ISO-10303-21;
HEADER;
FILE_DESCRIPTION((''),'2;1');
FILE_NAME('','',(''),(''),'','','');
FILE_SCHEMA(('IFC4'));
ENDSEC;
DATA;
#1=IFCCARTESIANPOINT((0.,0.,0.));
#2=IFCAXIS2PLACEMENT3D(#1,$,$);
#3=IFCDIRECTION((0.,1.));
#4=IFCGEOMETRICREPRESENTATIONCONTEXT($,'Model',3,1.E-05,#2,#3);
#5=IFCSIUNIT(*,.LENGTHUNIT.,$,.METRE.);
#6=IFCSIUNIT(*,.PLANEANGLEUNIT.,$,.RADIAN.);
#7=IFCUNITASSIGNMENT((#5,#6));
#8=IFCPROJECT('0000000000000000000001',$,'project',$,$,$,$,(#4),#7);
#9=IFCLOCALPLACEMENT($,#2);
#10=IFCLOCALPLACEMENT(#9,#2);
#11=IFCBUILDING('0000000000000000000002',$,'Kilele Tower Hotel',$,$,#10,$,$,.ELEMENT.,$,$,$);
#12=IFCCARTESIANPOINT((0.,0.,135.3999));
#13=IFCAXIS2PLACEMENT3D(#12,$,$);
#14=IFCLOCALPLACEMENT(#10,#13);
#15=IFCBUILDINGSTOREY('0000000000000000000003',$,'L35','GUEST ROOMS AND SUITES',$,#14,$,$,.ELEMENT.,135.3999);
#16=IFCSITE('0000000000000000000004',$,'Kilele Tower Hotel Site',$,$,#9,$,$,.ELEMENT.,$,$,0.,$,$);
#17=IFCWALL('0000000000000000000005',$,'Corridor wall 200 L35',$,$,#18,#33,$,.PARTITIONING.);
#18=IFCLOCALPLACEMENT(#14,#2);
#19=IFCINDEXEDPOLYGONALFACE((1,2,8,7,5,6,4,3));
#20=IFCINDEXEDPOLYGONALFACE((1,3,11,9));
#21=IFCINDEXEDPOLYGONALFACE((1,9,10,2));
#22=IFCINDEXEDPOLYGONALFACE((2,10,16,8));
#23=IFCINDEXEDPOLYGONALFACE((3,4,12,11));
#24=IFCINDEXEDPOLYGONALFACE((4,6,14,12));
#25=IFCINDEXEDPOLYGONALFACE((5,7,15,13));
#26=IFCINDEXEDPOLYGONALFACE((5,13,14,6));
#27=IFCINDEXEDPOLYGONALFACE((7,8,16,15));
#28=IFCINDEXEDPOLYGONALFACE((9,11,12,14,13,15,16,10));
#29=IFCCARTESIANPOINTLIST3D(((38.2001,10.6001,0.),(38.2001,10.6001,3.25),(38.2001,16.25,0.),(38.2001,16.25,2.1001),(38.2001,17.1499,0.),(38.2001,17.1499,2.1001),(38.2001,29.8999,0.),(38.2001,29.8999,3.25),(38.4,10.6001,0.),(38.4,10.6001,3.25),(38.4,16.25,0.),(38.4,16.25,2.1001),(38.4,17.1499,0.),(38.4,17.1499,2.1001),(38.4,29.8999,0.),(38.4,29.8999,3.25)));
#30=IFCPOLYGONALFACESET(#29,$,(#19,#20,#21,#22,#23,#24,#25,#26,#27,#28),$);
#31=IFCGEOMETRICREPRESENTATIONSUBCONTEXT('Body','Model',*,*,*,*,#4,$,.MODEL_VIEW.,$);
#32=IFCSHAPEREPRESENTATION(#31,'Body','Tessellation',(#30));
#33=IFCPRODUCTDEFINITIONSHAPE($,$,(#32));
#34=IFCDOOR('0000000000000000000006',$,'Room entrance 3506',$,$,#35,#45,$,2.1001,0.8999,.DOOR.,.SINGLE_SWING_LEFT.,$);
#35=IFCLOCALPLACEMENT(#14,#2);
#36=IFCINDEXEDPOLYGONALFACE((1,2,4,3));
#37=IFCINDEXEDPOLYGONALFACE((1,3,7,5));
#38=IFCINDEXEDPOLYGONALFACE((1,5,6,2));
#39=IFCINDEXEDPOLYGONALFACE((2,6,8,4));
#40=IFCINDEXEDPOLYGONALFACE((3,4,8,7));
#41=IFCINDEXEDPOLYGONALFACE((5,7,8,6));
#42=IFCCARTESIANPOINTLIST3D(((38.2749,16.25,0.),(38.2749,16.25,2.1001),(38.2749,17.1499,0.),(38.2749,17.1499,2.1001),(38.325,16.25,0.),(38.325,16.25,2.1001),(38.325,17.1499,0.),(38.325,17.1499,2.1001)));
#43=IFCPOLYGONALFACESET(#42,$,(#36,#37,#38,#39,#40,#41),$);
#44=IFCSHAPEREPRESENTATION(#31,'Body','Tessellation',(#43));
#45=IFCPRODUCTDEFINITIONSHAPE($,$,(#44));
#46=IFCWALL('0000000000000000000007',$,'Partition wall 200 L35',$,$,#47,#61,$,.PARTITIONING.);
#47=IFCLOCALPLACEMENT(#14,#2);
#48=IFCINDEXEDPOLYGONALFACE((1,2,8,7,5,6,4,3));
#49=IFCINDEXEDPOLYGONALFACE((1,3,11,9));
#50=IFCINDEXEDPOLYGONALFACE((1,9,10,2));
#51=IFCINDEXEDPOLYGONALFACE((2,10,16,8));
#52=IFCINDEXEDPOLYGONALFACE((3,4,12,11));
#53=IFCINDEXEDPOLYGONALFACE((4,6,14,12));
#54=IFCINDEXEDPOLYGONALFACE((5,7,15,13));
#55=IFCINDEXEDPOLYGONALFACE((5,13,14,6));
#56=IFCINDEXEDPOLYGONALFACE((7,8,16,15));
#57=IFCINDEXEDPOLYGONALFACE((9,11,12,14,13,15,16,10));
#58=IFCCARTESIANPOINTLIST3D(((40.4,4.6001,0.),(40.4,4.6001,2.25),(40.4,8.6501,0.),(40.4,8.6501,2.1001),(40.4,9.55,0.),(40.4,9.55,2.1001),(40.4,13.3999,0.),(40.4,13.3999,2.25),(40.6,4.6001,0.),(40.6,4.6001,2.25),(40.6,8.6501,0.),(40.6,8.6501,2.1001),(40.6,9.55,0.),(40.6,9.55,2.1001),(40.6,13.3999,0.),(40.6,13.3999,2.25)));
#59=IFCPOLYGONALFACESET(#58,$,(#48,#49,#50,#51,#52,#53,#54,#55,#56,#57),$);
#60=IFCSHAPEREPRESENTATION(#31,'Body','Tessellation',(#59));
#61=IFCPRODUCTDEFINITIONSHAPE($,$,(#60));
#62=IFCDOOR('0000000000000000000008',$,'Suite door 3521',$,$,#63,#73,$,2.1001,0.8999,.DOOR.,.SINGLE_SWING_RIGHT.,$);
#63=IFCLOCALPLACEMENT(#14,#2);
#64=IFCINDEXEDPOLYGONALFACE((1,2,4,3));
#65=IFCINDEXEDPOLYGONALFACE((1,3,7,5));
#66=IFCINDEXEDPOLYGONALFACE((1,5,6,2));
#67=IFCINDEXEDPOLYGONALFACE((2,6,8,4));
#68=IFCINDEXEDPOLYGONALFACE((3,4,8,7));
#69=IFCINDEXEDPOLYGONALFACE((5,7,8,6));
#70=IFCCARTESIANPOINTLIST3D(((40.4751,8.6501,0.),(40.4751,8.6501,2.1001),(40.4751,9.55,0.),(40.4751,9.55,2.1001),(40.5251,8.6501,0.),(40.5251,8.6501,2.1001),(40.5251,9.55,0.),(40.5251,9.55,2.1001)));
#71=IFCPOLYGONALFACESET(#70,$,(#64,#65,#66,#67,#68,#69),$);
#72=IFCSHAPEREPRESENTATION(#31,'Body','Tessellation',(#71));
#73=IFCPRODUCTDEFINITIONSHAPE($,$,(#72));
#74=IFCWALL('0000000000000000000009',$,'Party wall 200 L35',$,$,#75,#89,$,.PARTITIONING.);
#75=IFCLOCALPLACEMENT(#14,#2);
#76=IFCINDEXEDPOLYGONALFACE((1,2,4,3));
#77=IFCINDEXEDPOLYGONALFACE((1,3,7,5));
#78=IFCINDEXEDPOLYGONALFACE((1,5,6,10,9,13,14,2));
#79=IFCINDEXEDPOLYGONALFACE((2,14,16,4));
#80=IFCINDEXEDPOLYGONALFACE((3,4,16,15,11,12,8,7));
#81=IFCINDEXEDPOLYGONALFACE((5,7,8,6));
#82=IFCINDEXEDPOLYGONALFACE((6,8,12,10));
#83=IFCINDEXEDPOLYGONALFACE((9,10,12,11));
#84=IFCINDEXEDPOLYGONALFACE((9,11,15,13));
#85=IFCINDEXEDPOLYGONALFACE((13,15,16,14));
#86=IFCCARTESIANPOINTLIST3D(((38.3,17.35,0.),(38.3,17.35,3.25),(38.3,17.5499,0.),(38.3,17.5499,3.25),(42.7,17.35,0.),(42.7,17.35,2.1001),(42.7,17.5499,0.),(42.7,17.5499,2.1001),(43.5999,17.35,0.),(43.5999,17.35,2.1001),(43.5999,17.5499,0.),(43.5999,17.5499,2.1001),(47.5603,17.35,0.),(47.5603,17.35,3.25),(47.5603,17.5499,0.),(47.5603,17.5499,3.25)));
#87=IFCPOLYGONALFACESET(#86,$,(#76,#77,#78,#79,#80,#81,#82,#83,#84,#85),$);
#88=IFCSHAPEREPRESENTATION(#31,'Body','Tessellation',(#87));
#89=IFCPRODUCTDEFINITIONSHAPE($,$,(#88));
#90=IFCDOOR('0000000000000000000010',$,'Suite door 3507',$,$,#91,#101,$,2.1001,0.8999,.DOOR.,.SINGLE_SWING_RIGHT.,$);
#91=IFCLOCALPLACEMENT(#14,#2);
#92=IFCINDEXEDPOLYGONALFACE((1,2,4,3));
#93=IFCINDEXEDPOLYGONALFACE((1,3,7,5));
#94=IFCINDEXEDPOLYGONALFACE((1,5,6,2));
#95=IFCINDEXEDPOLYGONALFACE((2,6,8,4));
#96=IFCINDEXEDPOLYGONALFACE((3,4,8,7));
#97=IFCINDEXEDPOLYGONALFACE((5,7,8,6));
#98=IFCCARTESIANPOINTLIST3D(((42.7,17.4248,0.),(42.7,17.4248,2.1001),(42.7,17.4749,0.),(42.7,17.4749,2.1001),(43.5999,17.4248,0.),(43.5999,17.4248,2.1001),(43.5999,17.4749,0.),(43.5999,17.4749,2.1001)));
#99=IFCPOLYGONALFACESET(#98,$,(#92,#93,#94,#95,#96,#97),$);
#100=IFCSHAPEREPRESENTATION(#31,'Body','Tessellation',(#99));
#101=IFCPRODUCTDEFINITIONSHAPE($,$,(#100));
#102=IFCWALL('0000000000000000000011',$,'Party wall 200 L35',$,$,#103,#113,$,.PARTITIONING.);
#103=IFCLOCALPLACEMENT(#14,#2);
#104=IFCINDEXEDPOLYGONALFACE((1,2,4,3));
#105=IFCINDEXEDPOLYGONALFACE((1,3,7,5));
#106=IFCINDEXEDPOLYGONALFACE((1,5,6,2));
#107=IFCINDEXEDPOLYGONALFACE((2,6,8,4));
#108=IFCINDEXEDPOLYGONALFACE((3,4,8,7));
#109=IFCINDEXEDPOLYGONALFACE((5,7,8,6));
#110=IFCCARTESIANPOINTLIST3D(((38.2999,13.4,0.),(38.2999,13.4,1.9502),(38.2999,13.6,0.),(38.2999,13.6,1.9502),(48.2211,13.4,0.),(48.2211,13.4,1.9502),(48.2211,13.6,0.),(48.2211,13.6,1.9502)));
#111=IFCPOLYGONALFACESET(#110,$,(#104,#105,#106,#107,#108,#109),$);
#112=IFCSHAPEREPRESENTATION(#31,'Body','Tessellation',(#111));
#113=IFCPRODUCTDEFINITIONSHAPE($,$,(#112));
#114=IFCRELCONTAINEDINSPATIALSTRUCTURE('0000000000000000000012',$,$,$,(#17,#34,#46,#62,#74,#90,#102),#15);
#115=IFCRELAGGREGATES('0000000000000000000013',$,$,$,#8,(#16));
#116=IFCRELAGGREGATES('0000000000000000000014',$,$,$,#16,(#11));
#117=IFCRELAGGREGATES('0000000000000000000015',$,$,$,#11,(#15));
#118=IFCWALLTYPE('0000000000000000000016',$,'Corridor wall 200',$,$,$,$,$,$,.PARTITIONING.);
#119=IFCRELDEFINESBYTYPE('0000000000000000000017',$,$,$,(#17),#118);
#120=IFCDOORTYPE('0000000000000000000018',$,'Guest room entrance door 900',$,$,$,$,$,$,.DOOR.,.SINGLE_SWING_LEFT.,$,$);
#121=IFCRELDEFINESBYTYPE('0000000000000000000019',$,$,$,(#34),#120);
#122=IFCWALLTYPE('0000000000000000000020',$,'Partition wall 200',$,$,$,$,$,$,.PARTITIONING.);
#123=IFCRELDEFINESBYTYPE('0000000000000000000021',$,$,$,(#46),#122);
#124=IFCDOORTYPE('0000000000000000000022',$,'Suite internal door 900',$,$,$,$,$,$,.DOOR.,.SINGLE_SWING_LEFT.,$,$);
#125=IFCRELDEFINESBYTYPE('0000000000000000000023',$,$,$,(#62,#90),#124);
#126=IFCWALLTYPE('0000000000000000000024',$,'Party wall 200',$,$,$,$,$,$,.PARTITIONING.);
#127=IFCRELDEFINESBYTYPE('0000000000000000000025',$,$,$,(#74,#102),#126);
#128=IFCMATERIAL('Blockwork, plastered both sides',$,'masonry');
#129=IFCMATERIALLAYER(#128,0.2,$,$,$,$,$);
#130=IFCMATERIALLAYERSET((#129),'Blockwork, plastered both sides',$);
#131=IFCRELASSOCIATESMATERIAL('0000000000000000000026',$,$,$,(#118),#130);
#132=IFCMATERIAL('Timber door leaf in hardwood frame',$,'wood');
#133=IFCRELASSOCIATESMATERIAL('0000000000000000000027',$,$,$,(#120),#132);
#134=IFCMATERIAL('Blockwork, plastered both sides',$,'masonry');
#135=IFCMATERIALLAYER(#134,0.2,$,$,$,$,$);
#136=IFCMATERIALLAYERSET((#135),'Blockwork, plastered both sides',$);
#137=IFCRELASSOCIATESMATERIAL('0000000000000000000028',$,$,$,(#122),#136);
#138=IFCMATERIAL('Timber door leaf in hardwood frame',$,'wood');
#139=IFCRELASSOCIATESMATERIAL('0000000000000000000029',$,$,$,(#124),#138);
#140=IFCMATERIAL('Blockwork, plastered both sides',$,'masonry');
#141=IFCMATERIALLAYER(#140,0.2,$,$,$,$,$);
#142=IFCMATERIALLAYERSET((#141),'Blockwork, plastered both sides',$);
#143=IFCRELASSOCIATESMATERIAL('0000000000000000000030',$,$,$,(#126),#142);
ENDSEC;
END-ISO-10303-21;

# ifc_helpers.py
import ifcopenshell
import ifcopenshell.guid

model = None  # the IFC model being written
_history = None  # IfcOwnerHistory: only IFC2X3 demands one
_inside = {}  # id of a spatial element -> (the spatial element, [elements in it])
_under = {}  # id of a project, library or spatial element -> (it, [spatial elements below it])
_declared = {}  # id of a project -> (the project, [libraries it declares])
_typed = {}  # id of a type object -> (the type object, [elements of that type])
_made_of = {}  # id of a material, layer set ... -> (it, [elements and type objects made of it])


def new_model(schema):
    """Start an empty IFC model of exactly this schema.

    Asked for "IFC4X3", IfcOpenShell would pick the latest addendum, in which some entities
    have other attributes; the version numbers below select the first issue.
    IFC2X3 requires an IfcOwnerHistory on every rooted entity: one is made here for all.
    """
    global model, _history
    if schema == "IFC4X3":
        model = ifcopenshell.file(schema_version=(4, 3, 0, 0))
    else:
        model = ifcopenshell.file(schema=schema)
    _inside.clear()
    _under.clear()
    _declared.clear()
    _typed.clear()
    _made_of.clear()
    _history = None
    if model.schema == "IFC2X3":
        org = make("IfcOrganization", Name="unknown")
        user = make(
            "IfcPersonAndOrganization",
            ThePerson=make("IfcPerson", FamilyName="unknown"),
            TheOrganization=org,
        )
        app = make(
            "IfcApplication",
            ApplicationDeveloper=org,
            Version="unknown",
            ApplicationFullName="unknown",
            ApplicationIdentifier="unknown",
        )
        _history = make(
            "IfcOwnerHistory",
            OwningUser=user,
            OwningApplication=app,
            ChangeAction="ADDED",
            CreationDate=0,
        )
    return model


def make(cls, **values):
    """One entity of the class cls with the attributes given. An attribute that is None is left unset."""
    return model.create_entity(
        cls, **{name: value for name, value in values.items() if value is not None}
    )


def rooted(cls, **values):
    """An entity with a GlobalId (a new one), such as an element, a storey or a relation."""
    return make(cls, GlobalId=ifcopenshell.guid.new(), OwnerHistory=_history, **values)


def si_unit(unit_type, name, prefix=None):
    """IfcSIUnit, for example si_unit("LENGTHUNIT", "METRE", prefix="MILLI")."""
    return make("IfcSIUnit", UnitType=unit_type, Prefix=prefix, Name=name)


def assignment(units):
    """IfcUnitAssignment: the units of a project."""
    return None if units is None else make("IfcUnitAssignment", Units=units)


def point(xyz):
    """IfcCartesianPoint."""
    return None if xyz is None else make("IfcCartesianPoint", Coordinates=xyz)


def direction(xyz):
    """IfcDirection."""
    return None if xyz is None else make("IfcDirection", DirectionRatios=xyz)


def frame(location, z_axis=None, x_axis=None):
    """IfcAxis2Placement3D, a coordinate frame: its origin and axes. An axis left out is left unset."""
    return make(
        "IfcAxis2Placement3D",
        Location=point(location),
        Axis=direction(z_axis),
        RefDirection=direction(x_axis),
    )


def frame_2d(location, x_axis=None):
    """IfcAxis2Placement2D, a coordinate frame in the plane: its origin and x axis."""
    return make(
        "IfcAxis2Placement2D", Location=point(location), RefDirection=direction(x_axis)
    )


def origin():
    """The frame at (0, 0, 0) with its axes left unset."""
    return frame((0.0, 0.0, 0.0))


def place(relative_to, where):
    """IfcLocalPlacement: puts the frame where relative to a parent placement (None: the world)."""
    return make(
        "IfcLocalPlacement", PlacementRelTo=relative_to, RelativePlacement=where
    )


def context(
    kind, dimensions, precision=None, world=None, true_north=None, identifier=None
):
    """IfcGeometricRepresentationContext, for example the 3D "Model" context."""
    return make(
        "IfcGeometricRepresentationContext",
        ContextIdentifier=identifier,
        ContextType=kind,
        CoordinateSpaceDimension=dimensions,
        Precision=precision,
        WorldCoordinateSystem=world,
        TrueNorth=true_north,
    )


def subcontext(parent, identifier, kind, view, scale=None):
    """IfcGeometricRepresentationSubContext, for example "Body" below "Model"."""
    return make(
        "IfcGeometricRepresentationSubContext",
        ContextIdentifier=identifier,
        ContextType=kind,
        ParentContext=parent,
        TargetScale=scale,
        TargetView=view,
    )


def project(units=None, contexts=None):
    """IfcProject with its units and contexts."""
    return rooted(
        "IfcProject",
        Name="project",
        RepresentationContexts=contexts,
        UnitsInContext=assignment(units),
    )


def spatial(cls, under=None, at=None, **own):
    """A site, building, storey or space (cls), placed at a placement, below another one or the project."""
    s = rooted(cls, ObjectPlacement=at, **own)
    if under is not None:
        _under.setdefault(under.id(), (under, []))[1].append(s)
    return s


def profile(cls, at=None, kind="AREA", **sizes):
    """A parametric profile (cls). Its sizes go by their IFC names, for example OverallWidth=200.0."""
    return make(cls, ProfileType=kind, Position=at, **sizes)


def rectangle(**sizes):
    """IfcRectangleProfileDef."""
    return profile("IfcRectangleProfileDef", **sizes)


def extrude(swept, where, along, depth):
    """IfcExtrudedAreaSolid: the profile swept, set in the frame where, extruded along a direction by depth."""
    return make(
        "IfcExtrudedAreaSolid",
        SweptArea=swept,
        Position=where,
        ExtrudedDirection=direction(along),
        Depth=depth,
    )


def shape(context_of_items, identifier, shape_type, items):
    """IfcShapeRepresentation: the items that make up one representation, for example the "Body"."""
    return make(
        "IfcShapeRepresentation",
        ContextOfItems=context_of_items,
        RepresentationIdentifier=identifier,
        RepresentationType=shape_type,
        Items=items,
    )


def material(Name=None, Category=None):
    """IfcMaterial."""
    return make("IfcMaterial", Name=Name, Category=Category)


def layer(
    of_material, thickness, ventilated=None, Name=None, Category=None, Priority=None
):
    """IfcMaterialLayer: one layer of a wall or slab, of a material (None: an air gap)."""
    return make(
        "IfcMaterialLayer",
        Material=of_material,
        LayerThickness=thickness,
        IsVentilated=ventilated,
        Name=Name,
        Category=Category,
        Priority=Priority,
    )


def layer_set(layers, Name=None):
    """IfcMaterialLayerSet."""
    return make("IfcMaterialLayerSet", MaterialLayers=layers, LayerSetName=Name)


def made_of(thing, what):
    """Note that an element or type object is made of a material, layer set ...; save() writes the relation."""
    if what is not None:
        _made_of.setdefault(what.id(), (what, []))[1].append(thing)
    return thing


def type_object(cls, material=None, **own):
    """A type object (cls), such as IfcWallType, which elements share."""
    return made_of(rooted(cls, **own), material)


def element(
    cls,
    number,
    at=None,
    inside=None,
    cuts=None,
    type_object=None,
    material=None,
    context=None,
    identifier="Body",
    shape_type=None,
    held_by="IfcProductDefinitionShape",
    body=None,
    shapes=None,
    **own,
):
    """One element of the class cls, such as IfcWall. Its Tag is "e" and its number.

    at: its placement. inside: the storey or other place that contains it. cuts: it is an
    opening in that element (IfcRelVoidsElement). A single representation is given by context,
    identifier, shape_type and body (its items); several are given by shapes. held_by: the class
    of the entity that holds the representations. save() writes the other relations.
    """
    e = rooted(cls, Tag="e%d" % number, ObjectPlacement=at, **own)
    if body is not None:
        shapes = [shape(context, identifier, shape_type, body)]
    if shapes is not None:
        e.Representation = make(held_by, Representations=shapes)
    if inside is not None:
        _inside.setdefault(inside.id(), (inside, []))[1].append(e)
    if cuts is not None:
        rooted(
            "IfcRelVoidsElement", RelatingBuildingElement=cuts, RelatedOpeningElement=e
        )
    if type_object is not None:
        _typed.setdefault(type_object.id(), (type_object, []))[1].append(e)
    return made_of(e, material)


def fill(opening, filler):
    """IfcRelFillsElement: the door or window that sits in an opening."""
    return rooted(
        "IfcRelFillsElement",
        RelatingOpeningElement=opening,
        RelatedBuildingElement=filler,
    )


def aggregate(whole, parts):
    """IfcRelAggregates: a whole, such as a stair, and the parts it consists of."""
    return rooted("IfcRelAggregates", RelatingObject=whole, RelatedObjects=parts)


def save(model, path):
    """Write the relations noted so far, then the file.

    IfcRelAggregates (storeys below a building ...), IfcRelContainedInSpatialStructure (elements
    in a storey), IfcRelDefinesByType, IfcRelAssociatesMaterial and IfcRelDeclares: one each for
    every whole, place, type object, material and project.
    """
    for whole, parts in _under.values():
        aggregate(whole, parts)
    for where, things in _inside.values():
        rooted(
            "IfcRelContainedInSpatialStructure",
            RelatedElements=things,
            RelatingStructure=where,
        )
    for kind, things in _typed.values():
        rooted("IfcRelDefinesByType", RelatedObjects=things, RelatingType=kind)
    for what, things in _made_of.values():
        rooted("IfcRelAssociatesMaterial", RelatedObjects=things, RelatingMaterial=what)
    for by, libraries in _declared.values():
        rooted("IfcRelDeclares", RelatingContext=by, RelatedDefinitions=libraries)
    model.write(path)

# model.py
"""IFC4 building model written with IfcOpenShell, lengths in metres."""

from ifc_helpers import new_model, si_unit, direction, frame, frame_2d, origin, place, context, subcontext, project, spatial, rectangle, extrude, material, layer, layer_set, type_object, element, fill, save


model = new_model("IFC4")

# Units and contexts
model_context = context("Model", 3, precision=1e-05, world=origin(), true_north=direction((0.0, 1.0)))
body_context = subcontext(model_context, "Body", "Model", "MODEL_VIEW")
ifc_project = project(units=[si_unit("LENGTHUNIT", "METRE"), si_unit("PLANEANGLEUNIT", "RADIAN")], contexts=[model_context])

# Site, building, storey
site_placement = place(None, origin())
site = spatial("IfcSite", under=ifc_project, at=site_placement, Name="Kilele Tower Hotel Site", CompositionType="ELEMENT", RefElevation=0.0)
building_placement = place(site_placement, origin())
building = spatial("IfcBuilding", under=site, at=building_placement, Name="Kilele Tower Hotel", CompositionType="ELEMENT")
storey_placement = place(building_placement, frame((0.0, 0.0, 135.3999)))
storey = spatial("IfcBuildingStorey", under=building, at=storey_placement, Name="L35", Description="GUEST ROOMS AND SUITES", CompositionType="ELEMENT", Elevation=135.3999)

# Walls, openings, doors
ifc_material_1 = material(Name="Blockwork, plastered both sides", Category="masonry")
ifc_layer_1 = layer(ifc_material_1, 0.2)
ifc_layer_set_1 = layer_set([ifc_layer_1], Name="Blockwork, plastered both sides")
wall_type_1 = type_object("IfcWallType", Name="Corridor wall 200", PredefinedType="PARTITIONING", material=ifc_layer_set_1)
wall_1_placement = place(storey_placement, frame((38.3, 10.6001, 0.0), z_axis=(0.0, 0.0, 1.0), x_axis=(0.0, 1.0, 0.0)))
wall_1 = element("IfcWall", 1, at=wall_1_placement, inside=storey, type_object=wall_type_1, Name="Corridor wall 200 L35", PredefinedType="PARTITIONING", context=body_context, shape_type="SweptSolid", body=[
    extrude(rectangle(XDim=19.2998, YDim=0.2, at=frame_2d((9.6499, 0.0))), origin(), (0.0, 0.0, 1.0), 3.25),
])
opening_1_placement = place(wall_1_placement, frame((6.5498, 0.0, 0.0), z_axis=(0.0, 0.0, 1.0), x_axis=(-1.0, 0.0, 0.0)))
opening_1 = element("IfcOpeningElement", 2, at=opening_1_placement, cuts=wall_1, PredefinedType="OPENING", context=body_context, shape_type="SweptSolid", body=[
    extrude(rectangle(XDim=0.8999, YDim=2.1001, at=frame_2d((0.45, 1.05))), frame((0.0, 0.1099, 0.0), z_axis=(0.0, -1.0, 0.0), x_axis=(1.0, 0.0, 0.0)), (0.0, 0.0, 1.0), 0.22),
])
ifc_material_2 = material(Name="Timber door leaf in hardwood frame", Category="wood")
door_type_1 = type_object("IfcDoorType", Name="Guest room entrance door 900", OperationType="SINGLE_SWING_LEFT", PredefinedType="DOOR", material=ifc_material_2)
door_1_placement = place(opening_1_placement, origin())
door_1 = element("IfcDoor", 3, at=door_1_placement, inside=storey, type_object=door_type_1, Name="Room entrance 3506", OperationType="SINGLE_SWING_LEFT", OverallHeight=2.1001, OverallWidth=0.8999, PredefinedType="DOOR", context=body_context, shape_type="SweptSolid", body=[
    extrude(rectangle(XDim=0.8999, YDim=2.1001, at=frame_2d((0.45, 1.05))), frame((0.0, 0.0249, 0.0), z_axis=(0.0, -1.0, 0.0), x_axis=(1.0, 0.0, 0.0)), (0.0, 0.0, 1.0), 0.05),
])
fill(opening_1, door_1)
ifc_material_3 = material(Name="Blockwork, plastered both sides", Category="masonry")
ifc_layer_2 = layer(ifc_material_3, 0.2)
ifc_layer_set_2 = layer_set([ifc_layer_2], Name="Blockwork, plastered both sides")
wall_type_2 = type_object("IfcWallType", Name="Partition wall 200", PredefinedType="PARTITIONING", material=ifc_layer_set_2)
wall_2_placement = place(storey_placement, frame((40.5, 4.6001, 0.0), z_axis=(0.0, 0.0, 1.0), x_axis=(0.0, 1.0, 0.0)))
wall_2 = element("IfcWall", 4, at=wall_2_placement, inside=storey, type_object=wall_type_2, Name="Partition wall 200 L35", PredefinedType="PARTITIONING", context=body_context, shape_type="SweptSolid", body=[
    extrude(rectangle(XDim=8.7998, YDim=0.2, at=frame_2d((4.3999, 0.0))), origin(), (0.0, 0.0, 1.0), 2.25),
])
opening_2_placement = place(wall_2_placement, frame((4.05, 0.0, 0.0)))
opening_2 = element("IfcOpeningElement", 5, at=opening_2_placement, cuts=wall_2, PredefinedType="OPENING", context=body_context, shape_type="SweptSolid", body=[
    extrude(rectangle(XDim=0.8999, YDim=2.1001, at=frame_2d((0.45, 1.05))), frame((0.0, 0.1099, 0.0), z_axis=(0.0, -1.0, 0.0), x_axis=(1.0, 0.0, 0.0)), (0.0, 0.0, 1.0), 0.22),
])
ifc_material_4 = material(Name="Timber door leaf in hardwood frame", Category="wood")
door_type_2 = type_object("IfcDoorType", Name="Suite internal door 900", OperationType="SINGLE_SWING_LEFT", PredefinedType="DOOR", material=ifc_material_4)
door_2_placement = place(opening_2_placement, origin())
door_2 = element("IfcDoor", 6, at=door_2_placement, inside=storey, type_object=door_type_2, Name="Suite door 3521", OperationType="SINGLE_SWING_RIGHT", OverallHeight=2.1001, OverallWidth=0.8999, PredefinedType="DOOR", context=body_context, shape_type="SweptSolid", body=[
    extrude(rectangle(XDim=0.8999, YDim=2.1001, at=frame_2d((0.45, 1.05))), frame((0.0, 0.0249, 0.0), z_axis=(0.0, -1.0, 0.0), x_axis=(1.0, 0.0, 0.0)), (0.0, 0.0, 1.0), 0.05),
])
fill(opening_2, door_2)
ifc_material_5 = material(Name="Blockwork, plastered both sides", Category="masonry")
ifc_layer_3 = layer(ifc_material_5, 0.2)
ifc_layer_set_3 = layer_set([ifc_layer_3], Name="Blockwork, plastered both sides")
wall_type_3 = type_object("IfcWallType", Name="Party wall 200", PredefinedType="PARTITIONING", material=ifc_layer_set_3)
wall_3_placement = place(storey_placement, frame((38.3, 17.45, 0.0), z_axis=(0.0, 0.0, 1.0), x_axis=(1.0, 0.0, 0.0)))
wall_3 = element("IfcWall", 7, at=wall_3_placement, inside=storey, type_object=wall_type_3, Name="Party wall 200 L35", PredefinedType="PARTITIONING", context=body_context, shape_type="SweptSolid", body=[
    extrude(rectangle(XDim=9.2603, YDim=0.2, at=frame_2d((4.6301, 0.0))), origin(), (0.0, 0.0, 1.0), 3.25),
])
opening_3_placement = place(wall_3_placement, frame((4.3999, 0.0, 0.0)))
opening_3 = element("IfcOpeningElement", 8, at=opening_3_placement, cuts=wall_3, PredefinedType="OPENING", context=body_context, shape_type="SweptSolid", body=[
    extrude(rectangle(XDim=0.8999, YDim=2.1001, at=frame_2d((0.45, 1.05))), frame((0.0, 0.1099, 0.0), z_axis=(0.0, -1.0, 0.0), x_axis=(1.0, 0.0, 0.0)), (0.0, 0.0, 1.0), 0.22),
])
door_3_placement = place(opening_3_placement, origin())
door_3 = element("IfcDoor", 9, at=door_3_placement, inside=storey, type_object=door_type_2, Name="Suite door 3507", OperationType="SINGLE_SWING_RIGHT", OverallHeight=2.1001, OverallWidth=0.8999, PredefinedType="DOOR", context=body_context, shape_type="SweptSolid", body=[
    extrude(rectangle(XDim=0.8999, YDim=2.1001, at=frame_2d((0.45, 1.05))), frame((0.0, 0.0249, 0.0), z_axis=(0.0, -1.0, 0.0), x_axis=(1.0, 0.0, 0.0)), (0.0, 0.0, 1.0), 0.05),
])
fill(opening_3, door_3)

# Wall
wall_4_placement = place(storey_placement, frame((38.3, 13.5, 0.0), z_axis=(0.0, 0.0, 1.0), x_axis=(1.0, 0.0, 0.0)))
element("IfcWall", 10, at=wall_4_placement, inside=storey, type_object=wall_type_3, Name="Party wall 200 L35", PredefinedType="PARTITIONING", context=body_context, shape_type="SweptSolid", body=[
    extrude(rectangle(XDim=9.9211, YDim=0.2, at=frame_2d((4.9604, 0.0))), origin(), (0.0, 0.0, 1.0), 1.9502),
])

save(model, "model.ifc")
